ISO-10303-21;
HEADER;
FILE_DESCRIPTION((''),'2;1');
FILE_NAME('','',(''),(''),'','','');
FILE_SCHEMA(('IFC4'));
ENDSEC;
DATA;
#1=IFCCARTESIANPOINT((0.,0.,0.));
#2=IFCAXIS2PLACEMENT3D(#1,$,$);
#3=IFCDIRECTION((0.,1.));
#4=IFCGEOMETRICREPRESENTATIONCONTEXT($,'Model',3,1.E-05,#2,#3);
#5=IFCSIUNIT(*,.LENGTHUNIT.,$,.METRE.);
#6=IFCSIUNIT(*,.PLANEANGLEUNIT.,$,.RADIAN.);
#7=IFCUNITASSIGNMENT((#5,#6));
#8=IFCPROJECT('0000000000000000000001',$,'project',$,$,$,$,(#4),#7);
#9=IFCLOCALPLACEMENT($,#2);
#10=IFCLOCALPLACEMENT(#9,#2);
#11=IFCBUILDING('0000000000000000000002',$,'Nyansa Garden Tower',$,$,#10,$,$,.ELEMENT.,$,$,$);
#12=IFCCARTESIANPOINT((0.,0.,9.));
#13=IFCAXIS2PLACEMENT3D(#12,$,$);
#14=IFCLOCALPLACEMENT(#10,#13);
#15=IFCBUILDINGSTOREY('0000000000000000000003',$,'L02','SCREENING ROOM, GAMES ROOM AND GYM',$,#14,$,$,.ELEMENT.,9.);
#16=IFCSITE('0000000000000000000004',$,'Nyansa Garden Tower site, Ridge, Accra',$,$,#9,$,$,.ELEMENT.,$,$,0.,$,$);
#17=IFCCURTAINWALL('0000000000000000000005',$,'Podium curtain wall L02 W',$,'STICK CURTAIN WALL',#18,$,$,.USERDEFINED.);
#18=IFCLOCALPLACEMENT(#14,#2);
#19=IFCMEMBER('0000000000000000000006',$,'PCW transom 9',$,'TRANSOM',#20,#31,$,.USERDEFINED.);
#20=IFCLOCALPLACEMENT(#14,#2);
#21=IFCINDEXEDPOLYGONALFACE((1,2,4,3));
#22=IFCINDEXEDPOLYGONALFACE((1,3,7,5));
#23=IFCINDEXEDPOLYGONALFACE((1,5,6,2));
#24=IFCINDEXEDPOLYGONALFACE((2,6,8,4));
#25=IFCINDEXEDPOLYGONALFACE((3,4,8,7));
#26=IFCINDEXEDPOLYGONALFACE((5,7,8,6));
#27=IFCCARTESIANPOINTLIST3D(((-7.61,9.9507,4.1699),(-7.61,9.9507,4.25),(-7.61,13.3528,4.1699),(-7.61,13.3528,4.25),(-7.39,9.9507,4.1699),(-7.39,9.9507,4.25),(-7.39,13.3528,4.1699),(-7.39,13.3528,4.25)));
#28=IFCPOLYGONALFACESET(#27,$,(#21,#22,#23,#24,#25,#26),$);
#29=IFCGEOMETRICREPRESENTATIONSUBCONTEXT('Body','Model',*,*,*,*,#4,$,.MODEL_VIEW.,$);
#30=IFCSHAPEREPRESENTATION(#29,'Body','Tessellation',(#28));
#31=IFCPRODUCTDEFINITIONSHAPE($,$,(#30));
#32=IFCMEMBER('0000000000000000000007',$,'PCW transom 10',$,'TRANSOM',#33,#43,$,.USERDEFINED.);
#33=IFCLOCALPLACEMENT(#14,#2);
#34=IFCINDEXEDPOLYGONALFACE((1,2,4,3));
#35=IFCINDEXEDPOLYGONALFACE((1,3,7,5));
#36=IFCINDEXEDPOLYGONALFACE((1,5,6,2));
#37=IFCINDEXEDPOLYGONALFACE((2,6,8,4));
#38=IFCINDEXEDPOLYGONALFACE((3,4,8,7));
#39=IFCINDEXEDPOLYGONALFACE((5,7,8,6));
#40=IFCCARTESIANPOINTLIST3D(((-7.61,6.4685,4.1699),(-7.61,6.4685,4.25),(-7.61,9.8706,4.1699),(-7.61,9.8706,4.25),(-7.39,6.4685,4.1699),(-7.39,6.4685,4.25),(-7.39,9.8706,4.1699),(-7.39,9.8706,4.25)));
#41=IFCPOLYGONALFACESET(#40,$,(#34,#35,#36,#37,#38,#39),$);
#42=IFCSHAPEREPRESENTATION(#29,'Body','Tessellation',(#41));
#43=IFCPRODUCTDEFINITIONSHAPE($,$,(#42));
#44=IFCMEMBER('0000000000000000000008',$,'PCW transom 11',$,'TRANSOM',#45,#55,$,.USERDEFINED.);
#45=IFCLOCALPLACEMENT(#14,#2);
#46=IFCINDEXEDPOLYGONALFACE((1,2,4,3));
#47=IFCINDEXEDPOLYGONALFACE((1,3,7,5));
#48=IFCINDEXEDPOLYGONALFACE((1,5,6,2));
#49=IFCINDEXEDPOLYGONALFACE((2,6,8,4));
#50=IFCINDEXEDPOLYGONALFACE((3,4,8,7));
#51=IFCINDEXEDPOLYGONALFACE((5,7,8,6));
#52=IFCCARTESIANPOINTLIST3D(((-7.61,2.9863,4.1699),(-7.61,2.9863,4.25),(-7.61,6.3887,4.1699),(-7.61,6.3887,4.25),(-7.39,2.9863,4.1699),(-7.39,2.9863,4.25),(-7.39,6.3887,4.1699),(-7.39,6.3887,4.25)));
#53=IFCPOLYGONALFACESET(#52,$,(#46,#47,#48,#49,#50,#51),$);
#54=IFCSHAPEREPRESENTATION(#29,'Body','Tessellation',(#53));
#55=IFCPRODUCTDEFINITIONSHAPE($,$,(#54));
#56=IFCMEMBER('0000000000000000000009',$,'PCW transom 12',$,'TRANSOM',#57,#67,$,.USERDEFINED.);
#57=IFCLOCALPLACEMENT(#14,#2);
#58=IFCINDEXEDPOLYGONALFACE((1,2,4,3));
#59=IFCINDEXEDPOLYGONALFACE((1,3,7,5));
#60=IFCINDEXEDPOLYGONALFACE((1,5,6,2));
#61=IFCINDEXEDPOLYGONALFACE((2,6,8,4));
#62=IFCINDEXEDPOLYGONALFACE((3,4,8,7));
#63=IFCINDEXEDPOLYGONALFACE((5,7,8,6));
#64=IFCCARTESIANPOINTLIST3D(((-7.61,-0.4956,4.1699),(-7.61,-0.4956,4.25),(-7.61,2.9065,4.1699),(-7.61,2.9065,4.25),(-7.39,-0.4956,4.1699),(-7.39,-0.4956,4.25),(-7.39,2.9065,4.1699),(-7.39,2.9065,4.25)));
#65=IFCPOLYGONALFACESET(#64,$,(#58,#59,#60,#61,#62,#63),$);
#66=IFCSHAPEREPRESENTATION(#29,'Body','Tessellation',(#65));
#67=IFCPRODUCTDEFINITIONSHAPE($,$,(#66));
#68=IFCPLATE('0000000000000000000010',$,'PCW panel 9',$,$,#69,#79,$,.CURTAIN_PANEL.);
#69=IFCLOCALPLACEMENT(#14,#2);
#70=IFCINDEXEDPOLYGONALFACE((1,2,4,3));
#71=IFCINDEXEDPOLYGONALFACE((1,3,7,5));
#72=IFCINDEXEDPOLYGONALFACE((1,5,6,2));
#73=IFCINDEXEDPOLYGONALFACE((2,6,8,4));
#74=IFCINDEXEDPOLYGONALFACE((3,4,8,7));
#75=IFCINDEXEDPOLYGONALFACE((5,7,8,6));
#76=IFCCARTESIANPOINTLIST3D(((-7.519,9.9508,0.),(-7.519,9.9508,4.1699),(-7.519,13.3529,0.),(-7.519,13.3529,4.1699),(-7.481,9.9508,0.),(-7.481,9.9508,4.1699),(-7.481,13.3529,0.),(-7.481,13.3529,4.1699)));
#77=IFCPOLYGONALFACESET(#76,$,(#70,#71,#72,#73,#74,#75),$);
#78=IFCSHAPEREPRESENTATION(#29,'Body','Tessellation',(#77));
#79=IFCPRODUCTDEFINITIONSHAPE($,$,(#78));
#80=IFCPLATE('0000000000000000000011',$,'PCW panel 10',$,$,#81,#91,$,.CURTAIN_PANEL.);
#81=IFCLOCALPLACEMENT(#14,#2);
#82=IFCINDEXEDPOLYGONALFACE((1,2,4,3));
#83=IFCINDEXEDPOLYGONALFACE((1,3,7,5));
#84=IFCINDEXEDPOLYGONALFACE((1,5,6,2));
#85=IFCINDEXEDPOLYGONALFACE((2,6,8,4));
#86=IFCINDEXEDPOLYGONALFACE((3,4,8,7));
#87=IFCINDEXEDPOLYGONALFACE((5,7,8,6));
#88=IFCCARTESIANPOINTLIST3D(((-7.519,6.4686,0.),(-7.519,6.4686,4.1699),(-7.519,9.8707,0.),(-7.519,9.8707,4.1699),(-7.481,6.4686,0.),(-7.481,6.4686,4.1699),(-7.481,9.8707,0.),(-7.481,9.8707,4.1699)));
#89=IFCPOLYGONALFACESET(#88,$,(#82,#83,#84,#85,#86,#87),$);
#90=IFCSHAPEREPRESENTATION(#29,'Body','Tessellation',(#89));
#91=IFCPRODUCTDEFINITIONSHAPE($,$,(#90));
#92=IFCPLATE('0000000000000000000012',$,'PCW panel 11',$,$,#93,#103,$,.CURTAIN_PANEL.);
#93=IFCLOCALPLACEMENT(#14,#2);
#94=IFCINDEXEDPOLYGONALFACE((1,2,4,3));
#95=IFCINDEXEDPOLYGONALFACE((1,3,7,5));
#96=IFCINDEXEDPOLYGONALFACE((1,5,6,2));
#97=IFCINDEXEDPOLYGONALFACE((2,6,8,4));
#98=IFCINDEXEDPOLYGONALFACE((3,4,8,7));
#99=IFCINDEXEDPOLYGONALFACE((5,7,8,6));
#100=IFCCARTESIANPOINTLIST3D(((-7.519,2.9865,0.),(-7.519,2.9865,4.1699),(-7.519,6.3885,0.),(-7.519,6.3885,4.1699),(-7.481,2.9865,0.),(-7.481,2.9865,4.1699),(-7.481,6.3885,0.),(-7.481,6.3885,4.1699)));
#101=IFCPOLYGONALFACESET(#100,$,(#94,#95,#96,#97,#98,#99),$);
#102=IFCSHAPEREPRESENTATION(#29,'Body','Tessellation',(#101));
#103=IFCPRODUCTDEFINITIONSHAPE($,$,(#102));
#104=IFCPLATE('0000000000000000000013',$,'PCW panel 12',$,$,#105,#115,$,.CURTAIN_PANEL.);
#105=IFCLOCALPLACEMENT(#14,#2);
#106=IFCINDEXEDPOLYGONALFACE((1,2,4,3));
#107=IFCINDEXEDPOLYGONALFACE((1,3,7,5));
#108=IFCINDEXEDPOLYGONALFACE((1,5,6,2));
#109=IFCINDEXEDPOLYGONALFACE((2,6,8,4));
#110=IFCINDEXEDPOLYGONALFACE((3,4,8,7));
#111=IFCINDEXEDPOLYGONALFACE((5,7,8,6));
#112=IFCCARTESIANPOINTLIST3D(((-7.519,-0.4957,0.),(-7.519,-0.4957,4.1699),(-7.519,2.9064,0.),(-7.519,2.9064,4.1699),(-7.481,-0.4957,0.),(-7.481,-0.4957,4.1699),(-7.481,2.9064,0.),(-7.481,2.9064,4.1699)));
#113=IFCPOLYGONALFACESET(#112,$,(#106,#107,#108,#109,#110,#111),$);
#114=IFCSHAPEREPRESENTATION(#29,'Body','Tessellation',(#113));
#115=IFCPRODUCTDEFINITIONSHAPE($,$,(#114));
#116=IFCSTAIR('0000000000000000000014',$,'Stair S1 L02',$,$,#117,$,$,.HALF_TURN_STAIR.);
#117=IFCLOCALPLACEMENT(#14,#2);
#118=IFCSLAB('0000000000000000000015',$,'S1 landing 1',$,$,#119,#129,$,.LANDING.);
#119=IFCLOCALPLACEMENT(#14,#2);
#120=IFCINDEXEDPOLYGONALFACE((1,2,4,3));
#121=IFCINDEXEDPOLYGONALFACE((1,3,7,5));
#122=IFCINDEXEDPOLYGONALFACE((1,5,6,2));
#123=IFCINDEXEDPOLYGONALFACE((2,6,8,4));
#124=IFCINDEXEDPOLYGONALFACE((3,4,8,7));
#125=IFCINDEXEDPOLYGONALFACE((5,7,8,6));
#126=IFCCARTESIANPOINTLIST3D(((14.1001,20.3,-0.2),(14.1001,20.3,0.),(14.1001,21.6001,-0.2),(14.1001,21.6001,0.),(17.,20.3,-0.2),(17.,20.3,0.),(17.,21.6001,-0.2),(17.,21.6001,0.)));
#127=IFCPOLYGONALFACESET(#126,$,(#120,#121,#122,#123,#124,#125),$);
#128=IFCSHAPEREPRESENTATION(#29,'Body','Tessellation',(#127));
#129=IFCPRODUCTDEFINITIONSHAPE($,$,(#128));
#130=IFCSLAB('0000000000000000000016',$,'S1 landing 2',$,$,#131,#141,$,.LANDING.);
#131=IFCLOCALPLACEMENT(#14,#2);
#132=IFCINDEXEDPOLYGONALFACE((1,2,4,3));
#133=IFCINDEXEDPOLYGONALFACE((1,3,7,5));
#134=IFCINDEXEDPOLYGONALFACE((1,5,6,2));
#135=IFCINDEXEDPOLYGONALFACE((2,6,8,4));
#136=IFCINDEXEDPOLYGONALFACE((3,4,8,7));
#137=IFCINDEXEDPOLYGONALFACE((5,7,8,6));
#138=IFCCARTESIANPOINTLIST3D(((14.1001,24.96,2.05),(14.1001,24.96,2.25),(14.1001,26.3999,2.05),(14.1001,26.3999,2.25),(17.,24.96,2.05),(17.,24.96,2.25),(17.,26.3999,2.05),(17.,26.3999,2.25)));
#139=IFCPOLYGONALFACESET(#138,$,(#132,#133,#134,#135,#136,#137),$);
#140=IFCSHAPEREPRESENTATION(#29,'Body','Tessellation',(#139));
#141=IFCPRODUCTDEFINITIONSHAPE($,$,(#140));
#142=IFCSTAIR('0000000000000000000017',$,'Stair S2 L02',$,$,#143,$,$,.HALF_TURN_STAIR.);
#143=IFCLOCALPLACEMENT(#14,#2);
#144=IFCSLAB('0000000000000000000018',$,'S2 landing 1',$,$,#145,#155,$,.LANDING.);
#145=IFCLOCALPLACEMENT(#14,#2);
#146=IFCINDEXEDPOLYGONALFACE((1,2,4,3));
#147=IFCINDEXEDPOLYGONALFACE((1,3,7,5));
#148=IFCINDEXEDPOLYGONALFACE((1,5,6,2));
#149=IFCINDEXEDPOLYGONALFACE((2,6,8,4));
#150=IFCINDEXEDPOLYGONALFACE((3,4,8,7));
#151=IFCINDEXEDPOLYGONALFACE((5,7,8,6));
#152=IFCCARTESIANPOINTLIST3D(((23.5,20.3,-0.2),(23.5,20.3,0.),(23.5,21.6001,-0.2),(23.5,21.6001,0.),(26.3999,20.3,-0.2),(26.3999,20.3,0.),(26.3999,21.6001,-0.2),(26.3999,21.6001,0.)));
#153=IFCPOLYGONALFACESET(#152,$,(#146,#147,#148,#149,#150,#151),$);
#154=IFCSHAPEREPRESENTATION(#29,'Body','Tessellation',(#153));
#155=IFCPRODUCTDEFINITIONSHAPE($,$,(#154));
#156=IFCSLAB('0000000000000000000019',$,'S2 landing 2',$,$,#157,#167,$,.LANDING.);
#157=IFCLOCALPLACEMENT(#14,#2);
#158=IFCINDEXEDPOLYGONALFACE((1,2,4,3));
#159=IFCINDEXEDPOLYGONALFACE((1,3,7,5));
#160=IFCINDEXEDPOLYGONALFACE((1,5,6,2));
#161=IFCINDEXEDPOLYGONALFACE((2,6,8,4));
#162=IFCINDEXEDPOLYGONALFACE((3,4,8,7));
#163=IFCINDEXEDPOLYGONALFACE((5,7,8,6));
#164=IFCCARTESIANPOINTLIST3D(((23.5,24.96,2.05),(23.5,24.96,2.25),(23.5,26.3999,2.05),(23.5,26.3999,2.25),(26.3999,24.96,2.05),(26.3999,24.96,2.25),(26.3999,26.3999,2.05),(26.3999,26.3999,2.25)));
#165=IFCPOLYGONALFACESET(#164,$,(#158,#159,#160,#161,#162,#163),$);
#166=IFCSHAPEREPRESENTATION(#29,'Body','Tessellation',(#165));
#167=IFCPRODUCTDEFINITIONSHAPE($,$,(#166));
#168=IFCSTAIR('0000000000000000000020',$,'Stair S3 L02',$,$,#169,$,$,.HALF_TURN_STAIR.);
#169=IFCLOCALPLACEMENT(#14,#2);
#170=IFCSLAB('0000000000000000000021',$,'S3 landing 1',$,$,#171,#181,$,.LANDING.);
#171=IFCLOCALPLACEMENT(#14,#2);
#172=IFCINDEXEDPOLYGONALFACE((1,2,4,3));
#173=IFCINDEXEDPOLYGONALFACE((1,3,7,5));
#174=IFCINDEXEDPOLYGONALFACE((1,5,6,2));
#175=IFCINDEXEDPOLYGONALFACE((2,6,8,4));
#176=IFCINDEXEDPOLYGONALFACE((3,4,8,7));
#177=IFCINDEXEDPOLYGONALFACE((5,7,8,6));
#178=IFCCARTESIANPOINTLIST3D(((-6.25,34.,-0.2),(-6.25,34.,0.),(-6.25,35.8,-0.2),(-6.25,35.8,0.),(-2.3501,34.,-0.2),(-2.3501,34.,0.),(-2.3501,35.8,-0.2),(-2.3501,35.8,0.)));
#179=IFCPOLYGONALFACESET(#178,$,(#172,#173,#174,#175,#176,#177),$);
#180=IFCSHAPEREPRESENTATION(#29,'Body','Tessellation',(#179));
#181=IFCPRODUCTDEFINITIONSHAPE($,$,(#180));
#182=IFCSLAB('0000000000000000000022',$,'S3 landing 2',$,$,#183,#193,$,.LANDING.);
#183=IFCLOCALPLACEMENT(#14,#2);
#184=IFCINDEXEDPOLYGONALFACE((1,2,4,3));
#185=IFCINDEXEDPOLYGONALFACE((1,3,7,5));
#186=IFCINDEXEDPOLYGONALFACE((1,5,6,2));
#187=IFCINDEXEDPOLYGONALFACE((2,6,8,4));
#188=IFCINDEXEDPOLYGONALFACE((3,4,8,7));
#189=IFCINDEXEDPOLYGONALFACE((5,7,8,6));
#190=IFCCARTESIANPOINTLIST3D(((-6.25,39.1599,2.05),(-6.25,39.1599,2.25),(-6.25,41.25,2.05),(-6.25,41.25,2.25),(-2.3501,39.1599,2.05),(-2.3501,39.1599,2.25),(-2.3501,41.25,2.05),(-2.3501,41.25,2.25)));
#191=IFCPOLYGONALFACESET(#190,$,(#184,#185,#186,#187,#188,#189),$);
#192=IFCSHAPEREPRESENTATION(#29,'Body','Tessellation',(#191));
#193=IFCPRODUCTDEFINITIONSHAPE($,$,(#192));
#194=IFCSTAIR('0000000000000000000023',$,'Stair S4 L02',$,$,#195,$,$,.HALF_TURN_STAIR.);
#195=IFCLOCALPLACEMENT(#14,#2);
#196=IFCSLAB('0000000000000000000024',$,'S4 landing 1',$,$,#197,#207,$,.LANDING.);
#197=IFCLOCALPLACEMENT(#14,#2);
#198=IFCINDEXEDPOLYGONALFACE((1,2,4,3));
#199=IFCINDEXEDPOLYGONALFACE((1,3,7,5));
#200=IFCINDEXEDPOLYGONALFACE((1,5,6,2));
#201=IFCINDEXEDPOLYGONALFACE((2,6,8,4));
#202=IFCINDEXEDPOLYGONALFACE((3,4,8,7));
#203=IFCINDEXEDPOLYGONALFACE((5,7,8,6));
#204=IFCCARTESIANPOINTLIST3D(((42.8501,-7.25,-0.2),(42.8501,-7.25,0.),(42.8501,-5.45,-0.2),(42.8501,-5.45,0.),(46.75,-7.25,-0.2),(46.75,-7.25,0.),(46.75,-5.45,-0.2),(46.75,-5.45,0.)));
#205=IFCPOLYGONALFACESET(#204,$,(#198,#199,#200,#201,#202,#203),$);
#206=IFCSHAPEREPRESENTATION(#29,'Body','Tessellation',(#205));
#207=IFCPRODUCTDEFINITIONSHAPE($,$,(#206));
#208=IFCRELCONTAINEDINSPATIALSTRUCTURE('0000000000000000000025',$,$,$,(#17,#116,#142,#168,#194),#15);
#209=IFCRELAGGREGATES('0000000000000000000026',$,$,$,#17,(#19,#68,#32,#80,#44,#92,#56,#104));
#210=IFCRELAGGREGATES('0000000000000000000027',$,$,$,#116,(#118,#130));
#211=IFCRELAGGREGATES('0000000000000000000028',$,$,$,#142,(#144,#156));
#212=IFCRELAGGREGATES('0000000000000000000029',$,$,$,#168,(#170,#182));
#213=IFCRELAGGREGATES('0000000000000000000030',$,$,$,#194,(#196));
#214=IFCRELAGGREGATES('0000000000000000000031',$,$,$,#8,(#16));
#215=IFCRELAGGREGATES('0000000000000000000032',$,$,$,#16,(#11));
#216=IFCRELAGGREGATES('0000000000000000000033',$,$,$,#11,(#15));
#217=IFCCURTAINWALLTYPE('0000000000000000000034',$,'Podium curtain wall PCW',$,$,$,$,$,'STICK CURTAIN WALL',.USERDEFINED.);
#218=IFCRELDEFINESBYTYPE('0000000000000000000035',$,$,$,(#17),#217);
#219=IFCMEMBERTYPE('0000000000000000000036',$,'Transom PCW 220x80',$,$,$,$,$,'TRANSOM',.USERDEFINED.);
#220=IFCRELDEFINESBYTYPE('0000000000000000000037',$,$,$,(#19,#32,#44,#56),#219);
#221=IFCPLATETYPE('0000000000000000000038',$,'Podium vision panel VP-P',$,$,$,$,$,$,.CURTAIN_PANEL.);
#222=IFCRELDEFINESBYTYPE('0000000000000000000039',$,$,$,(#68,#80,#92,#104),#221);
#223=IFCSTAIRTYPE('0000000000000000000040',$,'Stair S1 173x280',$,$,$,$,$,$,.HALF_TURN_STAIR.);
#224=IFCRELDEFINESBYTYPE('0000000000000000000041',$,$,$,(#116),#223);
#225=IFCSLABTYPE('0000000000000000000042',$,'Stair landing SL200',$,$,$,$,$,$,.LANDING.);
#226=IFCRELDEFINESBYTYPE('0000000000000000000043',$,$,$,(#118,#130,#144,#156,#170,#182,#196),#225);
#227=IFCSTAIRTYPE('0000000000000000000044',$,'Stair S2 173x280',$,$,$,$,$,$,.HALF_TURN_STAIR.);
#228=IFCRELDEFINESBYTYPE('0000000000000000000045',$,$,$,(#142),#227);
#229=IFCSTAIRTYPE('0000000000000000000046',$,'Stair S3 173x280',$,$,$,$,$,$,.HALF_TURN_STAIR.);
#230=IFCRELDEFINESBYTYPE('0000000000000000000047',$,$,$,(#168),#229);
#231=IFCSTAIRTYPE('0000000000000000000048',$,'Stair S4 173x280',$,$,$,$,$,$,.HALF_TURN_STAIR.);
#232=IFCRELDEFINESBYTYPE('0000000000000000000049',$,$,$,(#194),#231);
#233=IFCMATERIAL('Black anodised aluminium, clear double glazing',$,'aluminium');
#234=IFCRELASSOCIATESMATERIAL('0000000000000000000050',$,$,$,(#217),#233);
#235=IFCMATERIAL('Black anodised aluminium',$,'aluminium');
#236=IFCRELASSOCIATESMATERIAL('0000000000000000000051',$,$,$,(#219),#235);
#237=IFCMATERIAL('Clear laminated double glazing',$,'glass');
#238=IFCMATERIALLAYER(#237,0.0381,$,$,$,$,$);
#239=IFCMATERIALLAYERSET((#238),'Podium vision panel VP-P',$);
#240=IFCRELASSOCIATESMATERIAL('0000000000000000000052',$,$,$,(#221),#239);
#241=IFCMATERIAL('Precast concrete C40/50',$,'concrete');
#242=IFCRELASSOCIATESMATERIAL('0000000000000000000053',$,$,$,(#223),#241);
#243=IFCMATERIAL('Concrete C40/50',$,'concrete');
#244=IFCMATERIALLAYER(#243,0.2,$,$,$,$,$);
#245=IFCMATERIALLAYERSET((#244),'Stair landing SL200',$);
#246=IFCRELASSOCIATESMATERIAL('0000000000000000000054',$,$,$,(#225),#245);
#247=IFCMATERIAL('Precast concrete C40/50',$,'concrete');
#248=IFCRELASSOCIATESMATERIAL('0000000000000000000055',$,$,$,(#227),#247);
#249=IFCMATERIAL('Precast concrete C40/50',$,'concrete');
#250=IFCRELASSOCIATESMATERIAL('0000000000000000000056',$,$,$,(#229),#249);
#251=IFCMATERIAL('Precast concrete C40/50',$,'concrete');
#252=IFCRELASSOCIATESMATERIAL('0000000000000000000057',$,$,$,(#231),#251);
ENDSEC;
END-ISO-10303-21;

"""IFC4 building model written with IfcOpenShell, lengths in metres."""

from ifc_helpers import new_model, si_unit, direction, frame, origin, origin_2d, place, context, subcontext, project, spatial, polyline, rectangle, outline, extrude, material, layer, layer_set, material_profile, profile_set, type_object, element, aggregate, save


model = new_model("IFC4")

# Units and contexts
model_context = context("Model", 3, precision=1e-05, world=origin(), true_north=direction((0.0, 1.0)))
body_context = subcontext(model_context, "Body", "Model", "MODEL_VIEW")
ifc_project = project(units=[si_unit("LENGTHUNIT", "METRE"), si_unit("PLANEANGLEUNIT", "RADIAN")], contexts=[model_context])

# Site, building, storey
site_placement = place(None, origin())
site = spatial("IfcSite", under=ifc_project, at=site_placement, Name="Nyansa Garden Tower site, Ridge, Accra", CompositionType="ELEMENT", RefElevation=0.0)
building_placement = place(site_placement, origin())
building = spatial("IfcBuilding", under=site, at=building_placement, Name="Nyansa Garden Tower", CompositionType="ELEMENT")
storey_placement = place(building_placement, frame((0.0, 0.0, 9.0)))
storey = spatial("IfcBuildingStorey", under=building, at=storey_placement, Name="L02", Description="SCREENING ROOM, GAMES ROOM AND GYM", CompositionType="ELEMENT", Elevation=9.0)

# Curtain wall
ifc_material_1 = material(Name="Black anodised aluminium, clear double glazing", Category="aluminium")
curtain_wall_type = type_object("IfcCurtainWallType", Name="Podium curtain wall PCW", ElementType="STICK CURTAIN WALL", PredefinedType="USERDEFINED", material=ifc_material_1)
curtain_wall_placement = place(storey_placement, origin())
curtain_wall = element("IfcCurtainWall", 1, at=curtain_wall_placement, inside=storey, type_object=curtain_wall_type, Name="Podium curtain wall L02 W", ObjectType="STICK CURTAIN WALL", PredefinedType="USERDEFINED")

# Members
ifc_material_2 = material(Name="Black anodised aluminium", Category="aluminium")
ifc_material_profile_1 = material_profile(ifc_material_2, rectangle(XDim=0.22, YDim=0.0801, at=origin_2d()), Name="Transom 220x80")
ifc_profile_set_1 = profile_set([ifc_material_profile_1], Name="Black anodised aluminium")
member_type_1 = type_object("IfcMemberType", Name="Transom PCW 220x80", ElementType="TRANSOM", PredefinedType="USERDEFINED", material=ifc_profile_set_1)
member_1_placement = place(storey_placement, frame((-7.5, 13.3528, 4.21), z_axis=(0.0, -1.0, 0.0), x_axis=(1.0, 0.0, 0.0)))
member_1 = element("IfcMember", 2, at=member_1_placement, type_object=member_type_1, Name="PCW transom 9", ObjectType="TRANSOM", PredefinedType="USERDEFINED", context=body_context, shape_type="SweptSolid", body=[
    extrude(rectangle(XDim=0.22, YDim=0.0801, at=origin_2d()), origin(), (0.0, 0.0, 1.0), 3.4021),
])
member_2_placement = place(storey_placement, frame((-7.5, 9.8706, 4.21), z_axis=(0.0, -1.0, 0.0), x_axis=(1.0, 0.0, 0.0)))
member_2 = element("IfcMember", 3, at=member_2_placement, type_object=member_type_1, Name="PCW transom 10", ObjectType="TRANSOM", PredefinedType="USERDEFINED", context=body_context, shape_type="SweptSolid", body=[
    extrude(rectangle(XDim=0.22, YDim=0.0801, at=origin_2d()), origin(), (0.0, 0.0, 1.0), 3.4021),
])
member_3_placement = place(storey_placement, frame((-7.5, 6.3887, 4.21), z_axis=(0.0, -1.0, 0.0), x_axis=(1.0, 0.0, 0.0)))
member_3 = element("IfcMember", 4, at=member_3_placement, type_object=member_type_1, Name="PCW transom 11", ObjectType="TRANSOM", PredefinedType="USERDEFINED", context=body_context, shape_type="SweptSolid", body=[
    extrude(rectangle(XDim=0.22, YDim=0.0801, at=origin_2d()), origin(), (0.0, 0.0, 1.0), 3.4023),
])
member_4_placement = place(storey_placement, frame((-7.5, 2.9065, 4.21), z_axis=(0.0, -1.0, 0.0), x_axis=(1.0, 0.0, 0.0)))
member_4 = element("IfcMember", 5, at=member_4_placement, type_object=member_type_1, Name="PCW transom 12", ObjectType="TRANSOM", PredefinedType="USERDEFINED", context=body_context, shape_type="SweptSolid", body=[
    extrude(rectangle(XDim=0.22, YDim=0.0801, at=origin_2d()), origin(), (0.0, 0.0, 1.0), 3.4021),
])

# Plates
ifc_material_3 = material(Name="Clear laminated double glazing", Category="glass")
ifc_layer_1 = layer(ifc_material_3, 0.0381)
ifc_layer_set_1 = layer_set([ifc_layer_1], Name="Podium vision panel VP-P")
plate_type = type_object("IfcPlateType", Name="Podium vision panel VP-P", PredefinedType="CURTAIN_PANEL", material=ifc_layer_set_1)
plate_1_placement = place(storey_placement, frame((-7.5, 11.6519, 0.0), z_axis=(0.0, 0.0, 1.0), x_axis=(0.0, -1.0, 0.0)))
plate_1 = element("IfcPlate", 6, at=plate_1_placement, type_object=plate_type, Name="PCW panel 9", PredefinedType="CURTAIN_PANEL", context=body_context, shape_type="SweptSolid", body=[
    extrude(rectangle(XDim=3.4021, YDim=0.0381, at=origin_2d()), origin(), (0.0, 0.0, 1.0), 4.1699),
])
plate_2_placement = place(storey_placement, frame((-7.5, 8.1697, 0.0), z_axis=(0.0, 0.0, 1.0), x_axis=(0.0, -1.0, 0.0)))
plate_2 = element("IfcPlate", 7, at=plate_2_placement, type_object=plate_type, Name="PCW panel 10", PredefinedType="CURTAIN_PANEL", context=body_context, shape_type="SweptSolid", body=[
    extrude(rectangle(XDim=3.4021, YDim=0.0381, at=origin_2d()), origin(), (0.0, 0.0, 1.0), 4.1699),
])
plate_3_placement = place(storey_placement, frame((-7.5, 4.6875, 0.0), z_axis=(0.0, 0.0, 1.0), x_axis=(0.0, -1.0, 0.0)))
plate_3 = element("IfcPlate", 8, at=plate_3_placement, type_object=plate_type, Name="PCW panel 11", PredefinedType="CURTAIN_PANEL", context=body_context, shape_type="SweptSolid", body=[
    extrude(rectangle(XDim=3.4021, YDim=0.0381, at=origin_2d()), origin(), (0.0, 0.0, 1.0), 4.1699),
])
plate_4_placement = place(storey_placement, frame((-7.5, 1.2053, 0.0), z_axis=(0.0, 0.0, 1.0), x_axis=(0.0, -1.0, 0.0)))
plate_4 = element("IfcPlate", 9, at=plate_4_placement, type_object=plate_type, Name="PCW panel 12", PredefinedType="CURTAIN_PANEL", context=body_context, shape_type="SweptSolid", body=[
    extrude(rectangle(XDim=3.4021, YDim=0.0381, at=origin_2d()), origin(), (0.0, 0.0, 1.0), 4.1699),
])
aggregate(curtain_wall, [member_1, plate_1, member_2, plate_2, member_3, plate_3, member_4, plate_4])

# Stairs, slabs
ifc_material_4 = material(Name="Precast concrete C40/50", Category="concrete")
stair_type_1 = type_object("IfcStairType", Name="Stair S1 173x280", PredefinedType="HALF_TURN_STAIR", material=ifc_material_4)
stair_1_placement = place(storey_placement, origin())
stair_1 = element("IfcStair", 10, at=stair_1_placement, inside=storey, type_object=stair_type_1, Name="Stair S1 L02", PredefinedType="HALF_TURN_STAIR")
ifc_material_5 = material(Name="Concrete C40/50", Category="concrete")
ifc_layer_2 = layer(ifc_material_5, 0.2)
ifc_layer_set_2 = layer_set([ifc_layer_2], Name="Stair landing SL200")
slab_type = type_object("IfcSlabType", Name="Stair landing SL200", PredefinedType="LANDING", material=ifc_layer_set_2)
slab_1_placement = place(storey_placement, frame((0.0, 0.0, -0.2)))
slab_1 = element("IfcSlab", 11, at=slab_1_placement, type_object=slab_type, Name="S1 landing 1", PredefinedType="LANDING", context=body_context, shape_type="SweptSolid", body=[
    extrude(outline(polyline([(14.1001, 20.3), (17.0, 20.3), (17.0, 21.6001), (14.1001, 21.6001), (14.1001, 20.3)])), origin(), (0.0, 0.0, 1.0), 0.2),
])
slab_2_placement = place(storey_placement, frame((0.0, 0.0, 2.05)))
slab_2 = element("IfcSlab", 12, at=slab_2_placement, type_object=slab_type, Name="S1 landing 2", PredefinedType="LANDING", context=body_context, shape_type="SweptSolid", body=[
    extrude(outline(polyline([(14.1001, 24.96), (17.0, 24.96), (17.0, 26.3999), (14.1001, 26.3999), (14.1001, 24.96)])), origin(), (0.0, 0.0, 1.0), 0.2),
])
aggregate(stair_1, [slab_1, slab_2])
ifc_material_6 = material(Name="Precast concrete C40/50", Category="concrete")
stair_type_2 = type_object("IfcStairType", Name="Stair S2 173x280", PredefinedType="HALF_TURN_STAIR", material=ifc_material_6)
stair_2_placement = place(storey_placement, origin())
stair_2 = element("IfcStair", 13, at=stair_2_placement, inside=storey, type_object=stair_type_2, Name="Stair S2 L02", PredefinedType="HALF_TURN_STAIR")
slab_3_placement = place(storey_placement, frame((0.0, 0.0, -0.2)))
slab_3 = element("IfcSlab", 14, at=slab_3_placement, type_object=slab_type, Name="S2 landing 1", PredefinedType="LANDING", context=body_context, shape_type="SweptSolid", body=[
    extrude(outline(polyline([(23.5, 20.3), (26.3999, 20.3), (26.3999, 21.6001), (23.5, 21.6001), (23.5, 20.3)])), origin(), (0.0, 0.0, 1.0), 0.2),
])
slab_4_placement = place(storey_placement, frame((0.0, 0.0, 2.05)))
slab_4 = element("IfcSlab", 15, at=slab_4_placement, type_object=slab_type, Name="S2 landing 2", PredefinedType="LANDING", context=body_context, shape_type="SweptSolid", body=[
    extrude(outline(polyline([(23.5, 24.96), (26.3999, 24.96), (26.3999, 26.3999), (23.5, 26.3999), (23.5, 24.96)])), origin(), (0.0, 0.0, 1.0), 0.2),
])
aggregate(stair_2, [slab_3, slab_4])
ifc_material_7 = material(Name="Precast concrete C40/50", Category="concrete")
stair_type_3 = type_object("IfcStairType", Name="Stair S3 173x280", PredefinedType="HALF_TURN_STAIR", material=ifc_material_7)
stair_3_placement = place(storey_placement, origin())
stair_3 = element("IfcStair", 16, at=stair_3_placement, inside=storey, type_object=stair_type_3, Name="Stair S3 L02", PredefinedType="HALF_TURN_STAIR")
slab_5_placement = place(storey_placement, frame((0.0, 0.0, -0.2)))
slab_5 = element("IfcSlab", 17, at=slab_5_placement, type_object=slab_type, Name="S3 landing 1", PredefinedType="LANDING", context=body_context, shape_type="SweptSolid", body=[
    extrude(outline(polyline([(-6.25, 34.0), (-2.3501, 34.0), (-2.3501, 35.8), (-6.25, 35.8), (-6.25, 34.0)])), origin(), (0.0, 0.0, 1.0), 0.2),
])
slab_6_placement = place(storey_placement, frame((0.0, 0.0, 2.05)))
slab_6 = element("IfcSlab", 18, at=slab_6_placement, type_object=slab_type, Name="S3 landing 2", PredefinedType="LANDING", context=body_context, shape_type="SweptSolid", body=[
    extrude(outline(polyline([(-6.25, 39.1599), (-2.3501, 39.1599), (-2.3501, 41.25), (-6.25, 41.25), (-6.25, 39.1599)])), origin(), (0.0, 0.0, 1.0), 0.2),
])
aggregate(stair_3, [slab_5, slab_6])
ifc_material_8 = material(Name="Precast concrete C40/50", Category="concrete")
stair_type_4 = type_object("IfcStairType", Name="Stair S4 173x280", PredefinedType="HALF_TURN_STAIR", material=ifc_material_8)
stair_4_placement = place(storey_placement, origin())
stair_4 = element("IfcStair", 19, at=stair_4_placement, inside=storey, type_object=stair_type_4, Name="Stair S4 L02", PredefinedType="HALF_TURN_STAIR")
slab_7_placement = place(storey_placement, frame((0.0, 0.0, -0.2)))
slab_7 = element("IfcSlab", 20, at=slab_7_placement, type_object=slab_type, Name="S4 landing 1", PredefinedType="LANDING", context=body_context, shape_type="SweptSolid", body=[
    extrude(outline(polyline([(42.8501, -7.25), (46.75, -7.25), (46.75, -5.45), (42.8501, -5.45), (42.8501, -7.25)])), origin(), (0.0, 0.0, 1.0), 0.2),
])
aggregate(stair_4, [slab_7])

save(model, "model.ifc")
